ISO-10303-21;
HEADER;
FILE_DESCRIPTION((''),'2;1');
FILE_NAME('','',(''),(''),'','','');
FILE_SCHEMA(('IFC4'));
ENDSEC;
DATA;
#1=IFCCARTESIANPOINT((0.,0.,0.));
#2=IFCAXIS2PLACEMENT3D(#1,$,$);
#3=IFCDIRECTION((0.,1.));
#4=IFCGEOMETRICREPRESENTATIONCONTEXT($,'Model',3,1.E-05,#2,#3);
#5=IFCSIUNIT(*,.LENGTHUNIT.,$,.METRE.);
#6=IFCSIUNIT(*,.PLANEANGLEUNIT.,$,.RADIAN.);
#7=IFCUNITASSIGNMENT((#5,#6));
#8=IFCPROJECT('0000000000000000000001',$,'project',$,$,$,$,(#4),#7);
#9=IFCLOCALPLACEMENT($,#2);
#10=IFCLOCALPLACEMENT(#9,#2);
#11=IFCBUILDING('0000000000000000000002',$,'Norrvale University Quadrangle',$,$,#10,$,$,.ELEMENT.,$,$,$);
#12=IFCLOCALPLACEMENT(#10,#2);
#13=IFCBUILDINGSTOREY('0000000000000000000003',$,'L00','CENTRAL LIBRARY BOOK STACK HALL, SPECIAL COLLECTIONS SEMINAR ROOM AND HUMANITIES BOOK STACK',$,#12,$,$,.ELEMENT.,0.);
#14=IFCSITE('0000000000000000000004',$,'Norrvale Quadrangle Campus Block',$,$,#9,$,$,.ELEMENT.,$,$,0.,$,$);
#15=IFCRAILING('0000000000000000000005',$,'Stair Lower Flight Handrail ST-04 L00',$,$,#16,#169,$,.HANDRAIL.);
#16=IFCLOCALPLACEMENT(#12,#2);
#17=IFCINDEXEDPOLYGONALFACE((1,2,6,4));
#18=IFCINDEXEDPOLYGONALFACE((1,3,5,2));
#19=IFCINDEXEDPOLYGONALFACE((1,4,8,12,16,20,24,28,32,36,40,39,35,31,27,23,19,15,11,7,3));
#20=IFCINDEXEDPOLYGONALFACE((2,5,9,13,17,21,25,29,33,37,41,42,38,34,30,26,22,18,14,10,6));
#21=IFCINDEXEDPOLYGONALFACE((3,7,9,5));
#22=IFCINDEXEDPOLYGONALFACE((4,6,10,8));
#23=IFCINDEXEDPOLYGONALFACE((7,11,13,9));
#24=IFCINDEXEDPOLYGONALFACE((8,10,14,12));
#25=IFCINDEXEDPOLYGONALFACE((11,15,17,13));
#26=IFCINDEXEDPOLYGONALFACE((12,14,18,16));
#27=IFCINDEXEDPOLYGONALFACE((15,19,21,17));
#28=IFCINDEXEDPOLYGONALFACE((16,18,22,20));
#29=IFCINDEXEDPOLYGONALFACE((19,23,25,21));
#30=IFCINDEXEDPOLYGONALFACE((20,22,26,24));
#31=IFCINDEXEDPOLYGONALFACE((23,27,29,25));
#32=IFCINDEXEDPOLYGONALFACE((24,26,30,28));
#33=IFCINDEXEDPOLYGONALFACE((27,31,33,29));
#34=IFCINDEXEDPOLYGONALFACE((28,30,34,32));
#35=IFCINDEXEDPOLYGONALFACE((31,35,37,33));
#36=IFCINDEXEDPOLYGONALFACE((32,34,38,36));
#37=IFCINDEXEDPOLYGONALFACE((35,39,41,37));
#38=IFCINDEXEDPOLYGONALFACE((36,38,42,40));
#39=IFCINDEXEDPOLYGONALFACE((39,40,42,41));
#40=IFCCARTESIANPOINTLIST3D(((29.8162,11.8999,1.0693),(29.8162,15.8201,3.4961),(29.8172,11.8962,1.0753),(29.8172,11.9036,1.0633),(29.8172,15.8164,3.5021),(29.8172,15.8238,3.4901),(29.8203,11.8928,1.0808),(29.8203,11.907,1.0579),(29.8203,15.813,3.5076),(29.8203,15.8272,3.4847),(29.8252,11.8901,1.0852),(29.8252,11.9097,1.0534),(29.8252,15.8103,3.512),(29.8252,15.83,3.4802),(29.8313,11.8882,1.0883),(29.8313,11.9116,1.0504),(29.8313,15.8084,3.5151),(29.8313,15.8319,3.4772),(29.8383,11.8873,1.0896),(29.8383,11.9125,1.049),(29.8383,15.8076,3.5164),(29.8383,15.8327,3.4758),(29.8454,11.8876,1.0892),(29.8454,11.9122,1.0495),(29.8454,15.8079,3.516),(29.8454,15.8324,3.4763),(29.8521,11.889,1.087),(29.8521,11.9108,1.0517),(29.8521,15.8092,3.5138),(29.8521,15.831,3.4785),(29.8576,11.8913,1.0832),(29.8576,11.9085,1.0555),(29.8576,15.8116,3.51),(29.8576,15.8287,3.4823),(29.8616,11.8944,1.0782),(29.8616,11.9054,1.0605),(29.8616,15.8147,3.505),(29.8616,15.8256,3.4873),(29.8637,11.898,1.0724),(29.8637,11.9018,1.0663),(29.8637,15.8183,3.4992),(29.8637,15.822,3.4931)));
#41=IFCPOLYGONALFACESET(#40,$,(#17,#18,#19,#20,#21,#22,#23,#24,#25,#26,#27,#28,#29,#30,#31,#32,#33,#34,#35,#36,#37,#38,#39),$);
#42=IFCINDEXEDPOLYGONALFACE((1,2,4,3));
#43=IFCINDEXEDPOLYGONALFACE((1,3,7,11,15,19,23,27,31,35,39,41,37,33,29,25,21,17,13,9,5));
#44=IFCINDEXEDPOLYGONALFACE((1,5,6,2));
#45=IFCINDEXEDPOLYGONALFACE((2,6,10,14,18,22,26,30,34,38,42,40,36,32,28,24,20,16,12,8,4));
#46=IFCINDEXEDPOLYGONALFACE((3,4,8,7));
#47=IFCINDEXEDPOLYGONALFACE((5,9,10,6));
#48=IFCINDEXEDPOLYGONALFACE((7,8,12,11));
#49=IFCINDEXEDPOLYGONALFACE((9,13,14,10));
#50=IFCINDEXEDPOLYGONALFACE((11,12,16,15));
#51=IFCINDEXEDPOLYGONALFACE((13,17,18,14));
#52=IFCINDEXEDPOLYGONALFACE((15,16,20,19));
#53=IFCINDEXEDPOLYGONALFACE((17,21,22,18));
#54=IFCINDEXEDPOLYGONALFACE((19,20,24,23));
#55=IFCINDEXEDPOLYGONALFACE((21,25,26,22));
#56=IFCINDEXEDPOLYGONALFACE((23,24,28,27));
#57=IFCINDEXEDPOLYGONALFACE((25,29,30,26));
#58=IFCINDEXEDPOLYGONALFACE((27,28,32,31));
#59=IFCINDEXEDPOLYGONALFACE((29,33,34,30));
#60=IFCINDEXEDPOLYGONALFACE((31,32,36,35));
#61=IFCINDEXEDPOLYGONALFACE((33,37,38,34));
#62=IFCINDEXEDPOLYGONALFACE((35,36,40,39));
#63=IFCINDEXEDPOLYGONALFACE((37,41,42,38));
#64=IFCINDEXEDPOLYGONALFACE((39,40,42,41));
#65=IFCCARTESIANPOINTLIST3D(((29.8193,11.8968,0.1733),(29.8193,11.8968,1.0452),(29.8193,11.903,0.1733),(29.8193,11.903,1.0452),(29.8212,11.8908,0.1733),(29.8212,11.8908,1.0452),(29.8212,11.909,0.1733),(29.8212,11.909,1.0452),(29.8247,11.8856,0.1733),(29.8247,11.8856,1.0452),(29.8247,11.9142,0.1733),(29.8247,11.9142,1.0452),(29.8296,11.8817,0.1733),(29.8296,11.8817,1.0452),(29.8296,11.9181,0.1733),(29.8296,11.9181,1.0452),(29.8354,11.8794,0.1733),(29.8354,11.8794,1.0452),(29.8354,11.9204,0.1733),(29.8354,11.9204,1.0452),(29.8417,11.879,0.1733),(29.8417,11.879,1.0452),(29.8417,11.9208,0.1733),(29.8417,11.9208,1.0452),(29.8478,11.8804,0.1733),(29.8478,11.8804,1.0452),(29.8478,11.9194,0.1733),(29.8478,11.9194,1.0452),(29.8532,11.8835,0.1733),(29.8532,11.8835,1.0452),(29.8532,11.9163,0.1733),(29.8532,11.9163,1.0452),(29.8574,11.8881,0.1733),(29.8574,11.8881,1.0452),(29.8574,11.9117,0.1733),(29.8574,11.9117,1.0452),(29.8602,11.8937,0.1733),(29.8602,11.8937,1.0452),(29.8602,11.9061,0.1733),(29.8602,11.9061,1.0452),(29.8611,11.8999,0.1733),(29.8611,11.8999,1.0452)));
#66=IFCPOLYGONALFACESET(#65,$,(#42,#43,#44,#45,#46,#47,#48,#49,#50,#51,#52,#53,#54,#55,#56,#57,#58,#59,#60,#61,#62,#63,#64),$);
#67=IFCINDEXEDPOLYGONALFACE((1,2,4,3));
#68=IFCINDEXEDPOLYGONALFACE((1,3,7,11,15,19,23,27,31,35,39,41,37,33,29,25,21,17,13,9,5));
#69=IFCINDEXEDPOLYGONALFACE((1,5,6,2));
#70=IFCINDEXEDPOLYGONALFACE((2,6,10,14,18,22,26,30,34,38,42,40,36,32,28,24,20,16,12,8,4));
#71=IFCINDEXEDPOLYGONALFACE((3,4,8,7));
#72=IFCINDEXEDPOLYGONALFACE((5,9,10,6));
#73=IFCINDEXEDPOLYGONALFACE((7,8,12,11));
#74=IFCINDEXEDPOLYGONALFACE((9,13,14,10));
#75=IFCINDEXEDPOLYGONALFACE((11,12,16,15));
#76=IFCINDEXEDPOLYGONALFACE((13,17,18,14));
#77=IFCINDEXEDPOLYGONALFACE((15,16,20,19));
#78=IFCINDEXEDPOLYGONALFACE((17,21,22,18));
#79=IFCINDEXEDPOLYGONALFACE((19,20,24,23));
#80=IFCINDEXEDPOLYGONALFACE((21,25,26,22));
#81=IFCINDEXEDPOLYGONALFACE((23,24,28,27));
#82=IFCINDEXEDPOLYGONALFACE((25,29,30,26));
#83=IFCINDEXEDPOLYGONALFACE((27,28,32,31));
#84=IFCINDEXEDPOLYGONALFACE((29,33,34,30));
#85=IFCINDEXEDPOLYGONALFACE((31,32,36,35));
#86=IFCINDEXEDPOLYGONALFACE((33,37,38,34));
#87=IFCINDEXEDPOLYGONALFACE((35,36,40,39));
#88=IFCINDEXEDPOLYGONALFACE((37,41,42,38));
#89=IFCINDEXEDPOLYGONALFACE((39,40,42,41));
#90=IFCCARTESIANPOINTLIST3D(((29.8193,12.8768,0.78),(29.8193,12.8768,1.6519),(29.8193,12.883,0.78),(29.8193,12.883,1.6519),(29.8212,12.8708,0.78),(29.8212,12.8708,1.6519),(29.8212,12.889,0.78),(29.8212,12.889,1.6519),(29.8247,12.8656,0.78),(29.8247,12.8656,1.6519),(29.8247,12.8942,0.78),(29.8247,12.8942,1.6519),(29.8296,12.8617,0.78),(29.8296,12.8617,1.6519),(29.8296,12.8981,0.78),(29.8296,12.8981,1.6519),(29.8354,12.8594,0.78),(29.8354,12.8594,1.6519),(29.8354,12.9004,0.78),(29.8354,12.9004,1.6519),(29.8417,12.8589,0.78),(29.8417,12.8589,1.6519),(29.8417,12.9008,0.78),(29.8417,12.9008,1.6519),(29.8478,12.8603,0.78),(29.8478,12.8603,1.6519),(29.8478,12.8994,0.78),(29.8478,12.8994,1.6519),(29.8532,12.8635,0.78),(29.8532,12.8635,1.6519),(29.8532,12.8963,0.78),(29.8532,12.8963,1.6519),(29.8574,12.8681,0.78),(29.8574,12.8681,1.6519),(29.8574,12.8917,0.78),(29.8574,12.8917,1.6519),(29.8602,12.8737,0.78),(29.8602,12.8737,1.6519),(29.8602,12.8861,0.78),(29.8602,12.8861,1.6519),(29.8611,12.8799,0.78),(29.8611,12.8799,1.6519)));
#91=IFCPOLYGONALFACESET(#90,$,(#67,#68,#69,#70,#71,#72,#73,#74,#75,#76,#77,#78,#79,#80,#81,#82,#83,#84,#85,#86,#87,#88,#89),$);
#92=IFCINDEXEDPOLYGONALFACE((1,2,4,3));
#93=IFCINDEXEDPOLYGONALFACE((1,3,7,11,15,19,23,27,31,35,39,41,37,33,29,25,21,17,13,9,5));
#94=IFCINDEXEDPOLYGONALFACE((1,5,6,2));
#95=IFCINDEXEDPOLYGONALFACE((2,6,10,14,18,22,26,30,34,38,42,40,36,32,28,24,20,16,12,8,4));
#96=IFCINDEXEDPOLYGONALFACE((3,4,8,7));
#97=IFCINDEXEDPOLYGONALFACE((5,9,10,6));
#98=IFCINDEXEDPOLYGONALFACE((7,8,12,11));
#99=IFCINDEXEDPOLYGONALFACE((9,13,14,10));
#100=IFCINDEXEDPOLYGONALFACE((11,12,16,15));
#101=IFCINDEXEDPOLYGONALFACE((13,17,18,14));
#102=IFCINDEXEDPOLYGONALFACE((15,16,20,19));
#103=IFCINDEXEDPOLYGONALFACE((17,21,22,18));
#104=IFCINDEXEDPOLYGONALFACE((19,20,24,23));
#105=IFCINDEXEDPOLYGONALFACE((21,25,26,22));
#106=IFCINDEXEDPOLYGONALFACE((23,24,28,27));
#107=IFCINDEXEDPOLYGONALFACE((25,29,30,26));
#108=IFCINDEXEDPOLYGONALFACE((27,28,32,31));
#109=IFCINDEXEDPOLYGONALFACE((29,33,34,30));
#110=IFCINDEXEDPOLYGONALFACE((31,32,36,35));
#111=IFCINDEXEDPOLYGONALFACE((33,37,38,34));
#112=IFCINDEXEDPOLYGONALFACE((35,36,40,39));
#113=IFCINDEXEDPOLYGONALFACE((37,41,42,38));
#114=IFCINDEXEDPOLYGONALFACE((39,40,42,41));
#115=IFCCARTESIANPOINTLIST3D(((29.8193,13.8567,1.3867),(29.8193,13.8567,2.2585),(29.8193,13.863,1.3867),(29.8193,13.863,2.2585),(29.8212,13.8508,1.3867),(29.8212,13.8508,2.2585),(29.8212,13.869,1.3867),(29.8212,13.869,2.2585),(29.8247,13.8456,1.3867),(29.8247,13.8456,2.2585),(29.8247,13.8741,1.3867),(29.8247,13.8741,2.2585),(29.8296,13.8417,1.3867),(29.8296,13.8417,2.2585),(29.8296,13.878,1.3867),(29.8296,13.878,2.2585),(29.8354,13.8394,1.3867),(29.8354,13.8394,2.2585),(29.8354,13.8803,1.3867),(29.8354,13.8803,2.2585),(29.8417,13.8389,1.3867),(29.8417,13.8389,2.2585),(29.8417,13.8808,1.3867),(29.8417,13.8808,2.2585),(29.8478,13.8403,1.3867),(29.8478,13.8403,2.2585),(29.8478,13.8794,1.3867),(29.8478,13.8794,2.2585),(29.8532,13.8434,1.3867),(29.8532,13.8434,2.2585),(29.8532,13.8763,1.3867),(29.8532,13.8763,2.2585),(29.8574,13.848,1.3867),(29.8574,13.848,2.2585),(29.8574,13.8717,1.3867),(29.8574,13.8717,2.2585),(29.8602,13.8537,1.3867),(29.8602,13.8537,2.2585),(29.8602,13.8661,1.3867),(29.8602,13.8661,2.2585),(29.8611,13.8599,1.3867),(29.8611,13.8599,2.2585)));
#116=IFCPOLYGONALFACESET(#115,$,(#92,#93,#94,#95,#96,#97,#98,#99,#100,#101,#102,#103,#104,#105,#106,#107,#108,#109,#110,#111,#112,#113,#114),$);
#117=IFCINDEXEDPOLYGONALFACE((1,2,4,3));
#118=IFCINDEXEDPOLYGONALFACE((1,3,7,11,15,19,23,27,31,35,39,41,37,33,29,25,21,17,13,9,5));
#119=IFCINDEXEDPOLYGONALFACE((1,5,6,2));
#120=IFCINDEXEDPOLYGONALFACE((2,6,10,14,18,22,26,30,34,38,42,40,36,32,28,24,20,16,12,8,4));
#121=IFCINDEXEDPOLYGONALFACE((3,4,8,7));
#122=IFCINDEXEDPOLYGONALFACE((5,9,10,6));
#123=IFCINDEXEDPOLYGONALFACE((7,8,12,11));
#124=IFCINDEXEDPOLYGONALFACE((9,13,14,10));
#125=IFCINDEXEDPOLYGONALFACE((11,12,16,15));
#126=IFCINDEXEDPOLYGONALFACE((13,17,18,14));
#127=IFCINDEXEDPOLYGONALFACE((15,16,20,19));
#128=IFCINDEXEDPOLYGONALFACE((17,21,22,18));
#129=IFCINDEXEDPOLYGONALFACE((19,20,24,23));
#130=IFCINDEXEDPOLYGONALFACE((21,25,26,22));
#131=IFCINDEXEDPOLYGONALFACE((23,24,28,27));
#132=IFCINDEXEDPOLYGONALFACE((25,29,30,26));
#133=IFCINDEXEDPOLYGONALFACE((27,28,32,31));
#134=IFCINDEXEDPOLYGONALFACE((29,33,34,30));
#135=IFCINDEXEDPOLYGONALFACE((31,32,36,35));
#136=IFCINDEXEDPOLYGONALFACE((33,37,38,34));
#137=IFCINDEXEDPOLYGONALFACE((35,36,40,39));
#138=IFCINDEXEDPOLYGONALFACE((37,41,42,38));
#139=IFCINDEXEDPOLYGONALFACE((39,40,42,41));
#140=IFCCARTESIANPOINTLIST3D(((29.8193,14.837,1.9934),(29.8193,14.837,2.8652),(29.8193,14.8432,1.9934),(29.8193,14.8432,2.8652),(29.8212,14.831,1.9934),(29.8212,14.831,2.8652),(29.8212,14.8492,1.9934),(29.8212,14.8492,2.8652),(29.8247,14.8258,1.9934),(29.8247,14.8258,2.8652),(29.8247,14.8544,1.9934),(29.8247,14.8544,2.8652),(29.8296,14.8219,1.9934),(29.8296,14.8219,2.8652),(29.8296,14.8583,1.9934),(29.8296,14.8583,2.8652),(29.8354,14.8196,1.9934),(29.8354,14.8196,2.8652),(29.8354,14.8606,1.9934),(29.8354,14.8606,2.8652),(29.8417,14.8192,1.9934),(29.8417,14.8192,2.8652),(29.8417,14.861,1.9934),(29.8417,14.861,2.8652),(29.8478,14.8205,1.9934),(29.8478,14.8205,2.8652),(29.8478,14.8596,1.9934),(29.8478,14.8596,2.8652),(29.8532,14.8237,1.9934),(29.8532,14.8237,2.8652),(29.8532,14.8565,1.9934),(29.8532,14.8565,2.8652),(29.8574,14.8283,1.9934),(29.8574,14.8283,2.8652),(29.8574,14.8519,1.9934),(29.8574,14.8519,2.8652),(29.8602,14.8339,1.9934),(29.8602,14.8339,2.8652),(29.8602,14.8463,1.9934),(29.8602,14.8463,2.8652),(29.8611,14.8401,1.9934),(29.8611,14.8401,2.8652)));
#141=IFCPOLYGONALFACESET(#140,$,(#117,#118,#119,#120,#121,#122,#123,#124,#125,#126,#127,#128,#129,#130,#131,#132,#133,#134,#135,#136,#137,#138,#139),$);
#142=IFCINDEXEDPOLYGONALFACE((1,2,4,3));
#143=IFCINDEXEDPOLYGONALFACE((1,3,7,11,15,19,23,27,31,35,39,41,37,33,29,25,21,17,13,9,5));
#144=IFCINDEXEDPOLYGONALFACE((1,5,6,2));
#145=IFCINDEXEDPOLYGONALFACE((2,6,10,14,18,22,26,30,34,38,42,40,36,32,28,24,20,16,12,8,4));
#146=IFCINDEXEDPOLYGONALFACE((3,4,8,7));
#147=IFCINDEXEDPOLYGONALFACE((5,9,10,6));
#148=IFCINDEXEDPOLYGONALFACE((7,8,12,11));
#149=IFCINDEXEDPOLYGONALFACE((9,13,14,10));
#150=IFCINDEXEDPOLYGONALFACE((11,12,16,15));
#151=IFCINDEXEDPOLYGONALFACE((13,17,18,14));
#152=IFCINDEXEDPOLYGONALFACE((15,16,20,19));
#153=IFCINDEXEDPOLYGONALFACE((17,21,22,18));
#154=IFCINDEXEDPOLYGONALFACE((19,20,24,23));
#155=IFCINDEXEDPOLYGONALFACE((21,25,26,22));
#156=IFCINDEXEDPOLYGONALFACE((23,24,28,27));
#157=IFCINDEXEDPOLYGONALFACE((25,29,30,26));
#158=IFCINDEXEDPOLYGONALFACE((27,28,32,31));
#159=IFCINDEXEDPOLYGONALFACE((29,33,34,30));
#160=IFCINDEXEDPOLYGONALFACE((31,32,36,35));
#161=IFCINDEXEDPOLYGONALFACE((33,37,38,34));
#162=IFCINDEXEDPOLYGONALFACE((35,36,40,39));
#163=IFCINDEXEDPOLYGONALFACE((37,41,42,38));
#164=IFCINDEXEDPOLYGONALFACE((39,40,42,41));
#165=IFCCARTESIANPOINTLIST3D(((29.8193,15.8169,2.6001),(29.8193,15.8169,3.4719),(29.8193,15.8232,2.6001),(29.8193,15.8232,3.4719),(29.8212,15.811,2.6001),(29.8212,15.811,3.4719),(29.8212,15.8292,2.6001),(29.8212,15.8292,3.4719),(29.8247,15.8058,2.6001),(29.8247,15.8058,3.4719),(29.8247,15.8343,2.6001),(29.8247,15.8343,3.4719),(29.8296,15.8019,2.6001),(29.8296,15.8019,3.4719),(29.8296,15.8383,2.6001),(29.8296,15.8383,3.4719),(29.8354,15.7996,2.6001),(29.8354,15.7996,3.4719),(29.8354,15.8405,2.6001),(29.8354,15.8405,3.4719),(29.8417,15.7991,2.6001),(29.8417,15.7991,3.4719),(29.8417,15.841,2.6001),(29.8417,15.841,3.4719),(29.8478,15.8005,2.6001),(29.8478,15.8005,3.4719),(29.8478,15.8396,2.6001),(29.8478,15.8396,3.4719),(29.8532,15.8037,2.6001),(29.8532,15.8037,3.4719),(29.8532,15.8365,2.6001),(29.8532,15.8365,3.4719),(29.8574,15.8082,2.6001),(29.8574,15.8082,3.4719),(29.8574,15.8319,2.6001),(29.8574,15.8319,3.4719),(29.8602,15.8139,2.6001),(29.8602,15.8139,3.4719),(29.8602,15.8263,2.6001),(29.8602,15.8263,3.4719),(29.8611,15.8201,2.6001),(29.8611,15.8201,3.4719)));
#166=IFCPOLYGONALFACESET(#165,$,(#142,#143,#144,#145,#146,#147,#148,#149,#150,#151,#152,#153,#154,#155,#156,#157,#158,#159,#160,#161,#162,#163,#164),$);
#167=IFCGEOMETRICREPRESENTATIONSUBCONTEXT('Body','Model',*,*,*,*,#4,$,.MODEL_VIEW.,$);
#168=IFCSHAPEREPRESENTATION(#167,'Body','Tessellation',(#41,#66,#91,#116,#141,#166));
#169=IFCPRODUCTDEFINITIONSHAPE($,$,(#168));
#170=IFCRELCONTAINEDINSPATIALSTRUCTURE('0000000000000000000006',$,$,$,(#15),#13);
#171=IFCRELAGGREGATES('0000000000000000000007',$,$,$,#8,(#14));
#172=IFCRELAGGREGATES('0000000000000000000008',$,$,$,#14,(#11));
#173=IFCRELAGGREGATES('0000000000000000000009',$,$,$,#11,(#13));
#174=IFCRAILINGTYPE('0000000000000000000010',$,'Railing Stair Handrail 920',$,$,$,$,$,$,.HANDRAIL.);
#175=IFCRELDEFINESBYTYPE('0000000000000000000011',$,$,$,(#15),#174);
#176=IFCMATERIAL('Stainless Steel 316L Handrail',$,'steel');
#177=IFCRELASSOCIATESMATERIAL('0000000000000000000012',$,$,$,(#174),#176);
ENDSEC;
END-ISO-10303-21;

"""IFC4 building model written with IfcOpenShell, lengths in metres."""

from ifc_helpers import new_model, si_unit, direction, frame, origin, origin_2d, place, context, subcontext, project, spatial, circle, extrude, material, type_object, element, save


model = new_model("IFC4")

# Units and contexts
model_context = context("Model", 3, precision=1e-05, world=origin(), true_north=direction((0.0, 1.0)))
body_context = subcontext(model_context, "Body", "Model", "MODEL_VIEW")
ifc_project = project(units=[si_unit("LENGTHUNIT", "METRE"), si_unit("PLANEANGLEUNIT", "RADIAN")], contexts=[model_context])

# Site, building, storey
site_placement = place(None, origin())
site = spatial("IfcSite", under=ifc_project, at=site_placement, Name="Norrvale Quadrangle Campus Block", CompositionType="ELEMENT", RefElevation=0.0)
building_placement = place(site_placement, origin())
building = spatial("IfcBuilding", under=site, at=building_placement, Name="Norrvale University Quadrangle", CompositionType="ELEMENT")
storey_placement = place(building_placement, origin())
storey = spatial("IfcBuildingStorey", under=building, at=storey_placement, Name="L00", Description="CENTRAL LIBRARY BOOK STACK HALL, SPECIAL COLLECTIONS SEMINAR ROOM AND HUMANITIES BOOK STACK", CompositionType="ELEMENT", Elevation=0.0)

# Railing
ifc_material_1 = material(Name="Stainless Steel 316L Handrail", Category="steel")
railing_type_1 = type_object("IfcRailingType", Name="Railing Stair Handrail 920", PredefinedType="HANDRAIL", material=ifc_material_1)
railing_1_placement = place(storey_placement, frame((29.8401, 11.8999, 0.1733)))
element("IfcRailing", 1, at=railing_1_placement, inside=storey, type_object=railing_type_1, Name="Stair Lower Flight Handrail ST-04 L00", PredefinedType="HANDRAIL", context=body_context, shape_type="SweptSolid", body=[
    extrude(circle(Radius=0.0239, at=origin_2d()), frame((0.0, 0.0, 0.896), z_axis=(0.0, 0.850266, 0.526353), x_axis=(-1.0, 0.0, 0.0)), (0.0, 0.0, 1.0), 4.6106),
    extrude(circle(Radius=0.021, at=origin_2d()), origin(), (0.0, 0.0, 1.0), 0.8718),
    extrude(circle(Radius=0.021, at=origin_2d()), frame((0.0, 0.98, 0.6067)), (0.0, 0.0, 1.0), 0.8718),
    extrude(circle(Radius=0.021, at=origin_2d()), frame((0.0, 1.96, 1.2134)), (0.0, 0.0, 1.0), 0.8718),
    extrude(circle(Radius=0.021, at=origin_2d()), frame((0.0, 2.9402, 1.8201)), (0.0, 0.0, 1.0), 0.8718),
    extrude(circle(Radius=0.021, at=origin_2d()), frame((0.0, 3.9202, 2.4268)), (0.0, 0.0, 1.0), 0.8718),
])

save(model, "model.ifc")
